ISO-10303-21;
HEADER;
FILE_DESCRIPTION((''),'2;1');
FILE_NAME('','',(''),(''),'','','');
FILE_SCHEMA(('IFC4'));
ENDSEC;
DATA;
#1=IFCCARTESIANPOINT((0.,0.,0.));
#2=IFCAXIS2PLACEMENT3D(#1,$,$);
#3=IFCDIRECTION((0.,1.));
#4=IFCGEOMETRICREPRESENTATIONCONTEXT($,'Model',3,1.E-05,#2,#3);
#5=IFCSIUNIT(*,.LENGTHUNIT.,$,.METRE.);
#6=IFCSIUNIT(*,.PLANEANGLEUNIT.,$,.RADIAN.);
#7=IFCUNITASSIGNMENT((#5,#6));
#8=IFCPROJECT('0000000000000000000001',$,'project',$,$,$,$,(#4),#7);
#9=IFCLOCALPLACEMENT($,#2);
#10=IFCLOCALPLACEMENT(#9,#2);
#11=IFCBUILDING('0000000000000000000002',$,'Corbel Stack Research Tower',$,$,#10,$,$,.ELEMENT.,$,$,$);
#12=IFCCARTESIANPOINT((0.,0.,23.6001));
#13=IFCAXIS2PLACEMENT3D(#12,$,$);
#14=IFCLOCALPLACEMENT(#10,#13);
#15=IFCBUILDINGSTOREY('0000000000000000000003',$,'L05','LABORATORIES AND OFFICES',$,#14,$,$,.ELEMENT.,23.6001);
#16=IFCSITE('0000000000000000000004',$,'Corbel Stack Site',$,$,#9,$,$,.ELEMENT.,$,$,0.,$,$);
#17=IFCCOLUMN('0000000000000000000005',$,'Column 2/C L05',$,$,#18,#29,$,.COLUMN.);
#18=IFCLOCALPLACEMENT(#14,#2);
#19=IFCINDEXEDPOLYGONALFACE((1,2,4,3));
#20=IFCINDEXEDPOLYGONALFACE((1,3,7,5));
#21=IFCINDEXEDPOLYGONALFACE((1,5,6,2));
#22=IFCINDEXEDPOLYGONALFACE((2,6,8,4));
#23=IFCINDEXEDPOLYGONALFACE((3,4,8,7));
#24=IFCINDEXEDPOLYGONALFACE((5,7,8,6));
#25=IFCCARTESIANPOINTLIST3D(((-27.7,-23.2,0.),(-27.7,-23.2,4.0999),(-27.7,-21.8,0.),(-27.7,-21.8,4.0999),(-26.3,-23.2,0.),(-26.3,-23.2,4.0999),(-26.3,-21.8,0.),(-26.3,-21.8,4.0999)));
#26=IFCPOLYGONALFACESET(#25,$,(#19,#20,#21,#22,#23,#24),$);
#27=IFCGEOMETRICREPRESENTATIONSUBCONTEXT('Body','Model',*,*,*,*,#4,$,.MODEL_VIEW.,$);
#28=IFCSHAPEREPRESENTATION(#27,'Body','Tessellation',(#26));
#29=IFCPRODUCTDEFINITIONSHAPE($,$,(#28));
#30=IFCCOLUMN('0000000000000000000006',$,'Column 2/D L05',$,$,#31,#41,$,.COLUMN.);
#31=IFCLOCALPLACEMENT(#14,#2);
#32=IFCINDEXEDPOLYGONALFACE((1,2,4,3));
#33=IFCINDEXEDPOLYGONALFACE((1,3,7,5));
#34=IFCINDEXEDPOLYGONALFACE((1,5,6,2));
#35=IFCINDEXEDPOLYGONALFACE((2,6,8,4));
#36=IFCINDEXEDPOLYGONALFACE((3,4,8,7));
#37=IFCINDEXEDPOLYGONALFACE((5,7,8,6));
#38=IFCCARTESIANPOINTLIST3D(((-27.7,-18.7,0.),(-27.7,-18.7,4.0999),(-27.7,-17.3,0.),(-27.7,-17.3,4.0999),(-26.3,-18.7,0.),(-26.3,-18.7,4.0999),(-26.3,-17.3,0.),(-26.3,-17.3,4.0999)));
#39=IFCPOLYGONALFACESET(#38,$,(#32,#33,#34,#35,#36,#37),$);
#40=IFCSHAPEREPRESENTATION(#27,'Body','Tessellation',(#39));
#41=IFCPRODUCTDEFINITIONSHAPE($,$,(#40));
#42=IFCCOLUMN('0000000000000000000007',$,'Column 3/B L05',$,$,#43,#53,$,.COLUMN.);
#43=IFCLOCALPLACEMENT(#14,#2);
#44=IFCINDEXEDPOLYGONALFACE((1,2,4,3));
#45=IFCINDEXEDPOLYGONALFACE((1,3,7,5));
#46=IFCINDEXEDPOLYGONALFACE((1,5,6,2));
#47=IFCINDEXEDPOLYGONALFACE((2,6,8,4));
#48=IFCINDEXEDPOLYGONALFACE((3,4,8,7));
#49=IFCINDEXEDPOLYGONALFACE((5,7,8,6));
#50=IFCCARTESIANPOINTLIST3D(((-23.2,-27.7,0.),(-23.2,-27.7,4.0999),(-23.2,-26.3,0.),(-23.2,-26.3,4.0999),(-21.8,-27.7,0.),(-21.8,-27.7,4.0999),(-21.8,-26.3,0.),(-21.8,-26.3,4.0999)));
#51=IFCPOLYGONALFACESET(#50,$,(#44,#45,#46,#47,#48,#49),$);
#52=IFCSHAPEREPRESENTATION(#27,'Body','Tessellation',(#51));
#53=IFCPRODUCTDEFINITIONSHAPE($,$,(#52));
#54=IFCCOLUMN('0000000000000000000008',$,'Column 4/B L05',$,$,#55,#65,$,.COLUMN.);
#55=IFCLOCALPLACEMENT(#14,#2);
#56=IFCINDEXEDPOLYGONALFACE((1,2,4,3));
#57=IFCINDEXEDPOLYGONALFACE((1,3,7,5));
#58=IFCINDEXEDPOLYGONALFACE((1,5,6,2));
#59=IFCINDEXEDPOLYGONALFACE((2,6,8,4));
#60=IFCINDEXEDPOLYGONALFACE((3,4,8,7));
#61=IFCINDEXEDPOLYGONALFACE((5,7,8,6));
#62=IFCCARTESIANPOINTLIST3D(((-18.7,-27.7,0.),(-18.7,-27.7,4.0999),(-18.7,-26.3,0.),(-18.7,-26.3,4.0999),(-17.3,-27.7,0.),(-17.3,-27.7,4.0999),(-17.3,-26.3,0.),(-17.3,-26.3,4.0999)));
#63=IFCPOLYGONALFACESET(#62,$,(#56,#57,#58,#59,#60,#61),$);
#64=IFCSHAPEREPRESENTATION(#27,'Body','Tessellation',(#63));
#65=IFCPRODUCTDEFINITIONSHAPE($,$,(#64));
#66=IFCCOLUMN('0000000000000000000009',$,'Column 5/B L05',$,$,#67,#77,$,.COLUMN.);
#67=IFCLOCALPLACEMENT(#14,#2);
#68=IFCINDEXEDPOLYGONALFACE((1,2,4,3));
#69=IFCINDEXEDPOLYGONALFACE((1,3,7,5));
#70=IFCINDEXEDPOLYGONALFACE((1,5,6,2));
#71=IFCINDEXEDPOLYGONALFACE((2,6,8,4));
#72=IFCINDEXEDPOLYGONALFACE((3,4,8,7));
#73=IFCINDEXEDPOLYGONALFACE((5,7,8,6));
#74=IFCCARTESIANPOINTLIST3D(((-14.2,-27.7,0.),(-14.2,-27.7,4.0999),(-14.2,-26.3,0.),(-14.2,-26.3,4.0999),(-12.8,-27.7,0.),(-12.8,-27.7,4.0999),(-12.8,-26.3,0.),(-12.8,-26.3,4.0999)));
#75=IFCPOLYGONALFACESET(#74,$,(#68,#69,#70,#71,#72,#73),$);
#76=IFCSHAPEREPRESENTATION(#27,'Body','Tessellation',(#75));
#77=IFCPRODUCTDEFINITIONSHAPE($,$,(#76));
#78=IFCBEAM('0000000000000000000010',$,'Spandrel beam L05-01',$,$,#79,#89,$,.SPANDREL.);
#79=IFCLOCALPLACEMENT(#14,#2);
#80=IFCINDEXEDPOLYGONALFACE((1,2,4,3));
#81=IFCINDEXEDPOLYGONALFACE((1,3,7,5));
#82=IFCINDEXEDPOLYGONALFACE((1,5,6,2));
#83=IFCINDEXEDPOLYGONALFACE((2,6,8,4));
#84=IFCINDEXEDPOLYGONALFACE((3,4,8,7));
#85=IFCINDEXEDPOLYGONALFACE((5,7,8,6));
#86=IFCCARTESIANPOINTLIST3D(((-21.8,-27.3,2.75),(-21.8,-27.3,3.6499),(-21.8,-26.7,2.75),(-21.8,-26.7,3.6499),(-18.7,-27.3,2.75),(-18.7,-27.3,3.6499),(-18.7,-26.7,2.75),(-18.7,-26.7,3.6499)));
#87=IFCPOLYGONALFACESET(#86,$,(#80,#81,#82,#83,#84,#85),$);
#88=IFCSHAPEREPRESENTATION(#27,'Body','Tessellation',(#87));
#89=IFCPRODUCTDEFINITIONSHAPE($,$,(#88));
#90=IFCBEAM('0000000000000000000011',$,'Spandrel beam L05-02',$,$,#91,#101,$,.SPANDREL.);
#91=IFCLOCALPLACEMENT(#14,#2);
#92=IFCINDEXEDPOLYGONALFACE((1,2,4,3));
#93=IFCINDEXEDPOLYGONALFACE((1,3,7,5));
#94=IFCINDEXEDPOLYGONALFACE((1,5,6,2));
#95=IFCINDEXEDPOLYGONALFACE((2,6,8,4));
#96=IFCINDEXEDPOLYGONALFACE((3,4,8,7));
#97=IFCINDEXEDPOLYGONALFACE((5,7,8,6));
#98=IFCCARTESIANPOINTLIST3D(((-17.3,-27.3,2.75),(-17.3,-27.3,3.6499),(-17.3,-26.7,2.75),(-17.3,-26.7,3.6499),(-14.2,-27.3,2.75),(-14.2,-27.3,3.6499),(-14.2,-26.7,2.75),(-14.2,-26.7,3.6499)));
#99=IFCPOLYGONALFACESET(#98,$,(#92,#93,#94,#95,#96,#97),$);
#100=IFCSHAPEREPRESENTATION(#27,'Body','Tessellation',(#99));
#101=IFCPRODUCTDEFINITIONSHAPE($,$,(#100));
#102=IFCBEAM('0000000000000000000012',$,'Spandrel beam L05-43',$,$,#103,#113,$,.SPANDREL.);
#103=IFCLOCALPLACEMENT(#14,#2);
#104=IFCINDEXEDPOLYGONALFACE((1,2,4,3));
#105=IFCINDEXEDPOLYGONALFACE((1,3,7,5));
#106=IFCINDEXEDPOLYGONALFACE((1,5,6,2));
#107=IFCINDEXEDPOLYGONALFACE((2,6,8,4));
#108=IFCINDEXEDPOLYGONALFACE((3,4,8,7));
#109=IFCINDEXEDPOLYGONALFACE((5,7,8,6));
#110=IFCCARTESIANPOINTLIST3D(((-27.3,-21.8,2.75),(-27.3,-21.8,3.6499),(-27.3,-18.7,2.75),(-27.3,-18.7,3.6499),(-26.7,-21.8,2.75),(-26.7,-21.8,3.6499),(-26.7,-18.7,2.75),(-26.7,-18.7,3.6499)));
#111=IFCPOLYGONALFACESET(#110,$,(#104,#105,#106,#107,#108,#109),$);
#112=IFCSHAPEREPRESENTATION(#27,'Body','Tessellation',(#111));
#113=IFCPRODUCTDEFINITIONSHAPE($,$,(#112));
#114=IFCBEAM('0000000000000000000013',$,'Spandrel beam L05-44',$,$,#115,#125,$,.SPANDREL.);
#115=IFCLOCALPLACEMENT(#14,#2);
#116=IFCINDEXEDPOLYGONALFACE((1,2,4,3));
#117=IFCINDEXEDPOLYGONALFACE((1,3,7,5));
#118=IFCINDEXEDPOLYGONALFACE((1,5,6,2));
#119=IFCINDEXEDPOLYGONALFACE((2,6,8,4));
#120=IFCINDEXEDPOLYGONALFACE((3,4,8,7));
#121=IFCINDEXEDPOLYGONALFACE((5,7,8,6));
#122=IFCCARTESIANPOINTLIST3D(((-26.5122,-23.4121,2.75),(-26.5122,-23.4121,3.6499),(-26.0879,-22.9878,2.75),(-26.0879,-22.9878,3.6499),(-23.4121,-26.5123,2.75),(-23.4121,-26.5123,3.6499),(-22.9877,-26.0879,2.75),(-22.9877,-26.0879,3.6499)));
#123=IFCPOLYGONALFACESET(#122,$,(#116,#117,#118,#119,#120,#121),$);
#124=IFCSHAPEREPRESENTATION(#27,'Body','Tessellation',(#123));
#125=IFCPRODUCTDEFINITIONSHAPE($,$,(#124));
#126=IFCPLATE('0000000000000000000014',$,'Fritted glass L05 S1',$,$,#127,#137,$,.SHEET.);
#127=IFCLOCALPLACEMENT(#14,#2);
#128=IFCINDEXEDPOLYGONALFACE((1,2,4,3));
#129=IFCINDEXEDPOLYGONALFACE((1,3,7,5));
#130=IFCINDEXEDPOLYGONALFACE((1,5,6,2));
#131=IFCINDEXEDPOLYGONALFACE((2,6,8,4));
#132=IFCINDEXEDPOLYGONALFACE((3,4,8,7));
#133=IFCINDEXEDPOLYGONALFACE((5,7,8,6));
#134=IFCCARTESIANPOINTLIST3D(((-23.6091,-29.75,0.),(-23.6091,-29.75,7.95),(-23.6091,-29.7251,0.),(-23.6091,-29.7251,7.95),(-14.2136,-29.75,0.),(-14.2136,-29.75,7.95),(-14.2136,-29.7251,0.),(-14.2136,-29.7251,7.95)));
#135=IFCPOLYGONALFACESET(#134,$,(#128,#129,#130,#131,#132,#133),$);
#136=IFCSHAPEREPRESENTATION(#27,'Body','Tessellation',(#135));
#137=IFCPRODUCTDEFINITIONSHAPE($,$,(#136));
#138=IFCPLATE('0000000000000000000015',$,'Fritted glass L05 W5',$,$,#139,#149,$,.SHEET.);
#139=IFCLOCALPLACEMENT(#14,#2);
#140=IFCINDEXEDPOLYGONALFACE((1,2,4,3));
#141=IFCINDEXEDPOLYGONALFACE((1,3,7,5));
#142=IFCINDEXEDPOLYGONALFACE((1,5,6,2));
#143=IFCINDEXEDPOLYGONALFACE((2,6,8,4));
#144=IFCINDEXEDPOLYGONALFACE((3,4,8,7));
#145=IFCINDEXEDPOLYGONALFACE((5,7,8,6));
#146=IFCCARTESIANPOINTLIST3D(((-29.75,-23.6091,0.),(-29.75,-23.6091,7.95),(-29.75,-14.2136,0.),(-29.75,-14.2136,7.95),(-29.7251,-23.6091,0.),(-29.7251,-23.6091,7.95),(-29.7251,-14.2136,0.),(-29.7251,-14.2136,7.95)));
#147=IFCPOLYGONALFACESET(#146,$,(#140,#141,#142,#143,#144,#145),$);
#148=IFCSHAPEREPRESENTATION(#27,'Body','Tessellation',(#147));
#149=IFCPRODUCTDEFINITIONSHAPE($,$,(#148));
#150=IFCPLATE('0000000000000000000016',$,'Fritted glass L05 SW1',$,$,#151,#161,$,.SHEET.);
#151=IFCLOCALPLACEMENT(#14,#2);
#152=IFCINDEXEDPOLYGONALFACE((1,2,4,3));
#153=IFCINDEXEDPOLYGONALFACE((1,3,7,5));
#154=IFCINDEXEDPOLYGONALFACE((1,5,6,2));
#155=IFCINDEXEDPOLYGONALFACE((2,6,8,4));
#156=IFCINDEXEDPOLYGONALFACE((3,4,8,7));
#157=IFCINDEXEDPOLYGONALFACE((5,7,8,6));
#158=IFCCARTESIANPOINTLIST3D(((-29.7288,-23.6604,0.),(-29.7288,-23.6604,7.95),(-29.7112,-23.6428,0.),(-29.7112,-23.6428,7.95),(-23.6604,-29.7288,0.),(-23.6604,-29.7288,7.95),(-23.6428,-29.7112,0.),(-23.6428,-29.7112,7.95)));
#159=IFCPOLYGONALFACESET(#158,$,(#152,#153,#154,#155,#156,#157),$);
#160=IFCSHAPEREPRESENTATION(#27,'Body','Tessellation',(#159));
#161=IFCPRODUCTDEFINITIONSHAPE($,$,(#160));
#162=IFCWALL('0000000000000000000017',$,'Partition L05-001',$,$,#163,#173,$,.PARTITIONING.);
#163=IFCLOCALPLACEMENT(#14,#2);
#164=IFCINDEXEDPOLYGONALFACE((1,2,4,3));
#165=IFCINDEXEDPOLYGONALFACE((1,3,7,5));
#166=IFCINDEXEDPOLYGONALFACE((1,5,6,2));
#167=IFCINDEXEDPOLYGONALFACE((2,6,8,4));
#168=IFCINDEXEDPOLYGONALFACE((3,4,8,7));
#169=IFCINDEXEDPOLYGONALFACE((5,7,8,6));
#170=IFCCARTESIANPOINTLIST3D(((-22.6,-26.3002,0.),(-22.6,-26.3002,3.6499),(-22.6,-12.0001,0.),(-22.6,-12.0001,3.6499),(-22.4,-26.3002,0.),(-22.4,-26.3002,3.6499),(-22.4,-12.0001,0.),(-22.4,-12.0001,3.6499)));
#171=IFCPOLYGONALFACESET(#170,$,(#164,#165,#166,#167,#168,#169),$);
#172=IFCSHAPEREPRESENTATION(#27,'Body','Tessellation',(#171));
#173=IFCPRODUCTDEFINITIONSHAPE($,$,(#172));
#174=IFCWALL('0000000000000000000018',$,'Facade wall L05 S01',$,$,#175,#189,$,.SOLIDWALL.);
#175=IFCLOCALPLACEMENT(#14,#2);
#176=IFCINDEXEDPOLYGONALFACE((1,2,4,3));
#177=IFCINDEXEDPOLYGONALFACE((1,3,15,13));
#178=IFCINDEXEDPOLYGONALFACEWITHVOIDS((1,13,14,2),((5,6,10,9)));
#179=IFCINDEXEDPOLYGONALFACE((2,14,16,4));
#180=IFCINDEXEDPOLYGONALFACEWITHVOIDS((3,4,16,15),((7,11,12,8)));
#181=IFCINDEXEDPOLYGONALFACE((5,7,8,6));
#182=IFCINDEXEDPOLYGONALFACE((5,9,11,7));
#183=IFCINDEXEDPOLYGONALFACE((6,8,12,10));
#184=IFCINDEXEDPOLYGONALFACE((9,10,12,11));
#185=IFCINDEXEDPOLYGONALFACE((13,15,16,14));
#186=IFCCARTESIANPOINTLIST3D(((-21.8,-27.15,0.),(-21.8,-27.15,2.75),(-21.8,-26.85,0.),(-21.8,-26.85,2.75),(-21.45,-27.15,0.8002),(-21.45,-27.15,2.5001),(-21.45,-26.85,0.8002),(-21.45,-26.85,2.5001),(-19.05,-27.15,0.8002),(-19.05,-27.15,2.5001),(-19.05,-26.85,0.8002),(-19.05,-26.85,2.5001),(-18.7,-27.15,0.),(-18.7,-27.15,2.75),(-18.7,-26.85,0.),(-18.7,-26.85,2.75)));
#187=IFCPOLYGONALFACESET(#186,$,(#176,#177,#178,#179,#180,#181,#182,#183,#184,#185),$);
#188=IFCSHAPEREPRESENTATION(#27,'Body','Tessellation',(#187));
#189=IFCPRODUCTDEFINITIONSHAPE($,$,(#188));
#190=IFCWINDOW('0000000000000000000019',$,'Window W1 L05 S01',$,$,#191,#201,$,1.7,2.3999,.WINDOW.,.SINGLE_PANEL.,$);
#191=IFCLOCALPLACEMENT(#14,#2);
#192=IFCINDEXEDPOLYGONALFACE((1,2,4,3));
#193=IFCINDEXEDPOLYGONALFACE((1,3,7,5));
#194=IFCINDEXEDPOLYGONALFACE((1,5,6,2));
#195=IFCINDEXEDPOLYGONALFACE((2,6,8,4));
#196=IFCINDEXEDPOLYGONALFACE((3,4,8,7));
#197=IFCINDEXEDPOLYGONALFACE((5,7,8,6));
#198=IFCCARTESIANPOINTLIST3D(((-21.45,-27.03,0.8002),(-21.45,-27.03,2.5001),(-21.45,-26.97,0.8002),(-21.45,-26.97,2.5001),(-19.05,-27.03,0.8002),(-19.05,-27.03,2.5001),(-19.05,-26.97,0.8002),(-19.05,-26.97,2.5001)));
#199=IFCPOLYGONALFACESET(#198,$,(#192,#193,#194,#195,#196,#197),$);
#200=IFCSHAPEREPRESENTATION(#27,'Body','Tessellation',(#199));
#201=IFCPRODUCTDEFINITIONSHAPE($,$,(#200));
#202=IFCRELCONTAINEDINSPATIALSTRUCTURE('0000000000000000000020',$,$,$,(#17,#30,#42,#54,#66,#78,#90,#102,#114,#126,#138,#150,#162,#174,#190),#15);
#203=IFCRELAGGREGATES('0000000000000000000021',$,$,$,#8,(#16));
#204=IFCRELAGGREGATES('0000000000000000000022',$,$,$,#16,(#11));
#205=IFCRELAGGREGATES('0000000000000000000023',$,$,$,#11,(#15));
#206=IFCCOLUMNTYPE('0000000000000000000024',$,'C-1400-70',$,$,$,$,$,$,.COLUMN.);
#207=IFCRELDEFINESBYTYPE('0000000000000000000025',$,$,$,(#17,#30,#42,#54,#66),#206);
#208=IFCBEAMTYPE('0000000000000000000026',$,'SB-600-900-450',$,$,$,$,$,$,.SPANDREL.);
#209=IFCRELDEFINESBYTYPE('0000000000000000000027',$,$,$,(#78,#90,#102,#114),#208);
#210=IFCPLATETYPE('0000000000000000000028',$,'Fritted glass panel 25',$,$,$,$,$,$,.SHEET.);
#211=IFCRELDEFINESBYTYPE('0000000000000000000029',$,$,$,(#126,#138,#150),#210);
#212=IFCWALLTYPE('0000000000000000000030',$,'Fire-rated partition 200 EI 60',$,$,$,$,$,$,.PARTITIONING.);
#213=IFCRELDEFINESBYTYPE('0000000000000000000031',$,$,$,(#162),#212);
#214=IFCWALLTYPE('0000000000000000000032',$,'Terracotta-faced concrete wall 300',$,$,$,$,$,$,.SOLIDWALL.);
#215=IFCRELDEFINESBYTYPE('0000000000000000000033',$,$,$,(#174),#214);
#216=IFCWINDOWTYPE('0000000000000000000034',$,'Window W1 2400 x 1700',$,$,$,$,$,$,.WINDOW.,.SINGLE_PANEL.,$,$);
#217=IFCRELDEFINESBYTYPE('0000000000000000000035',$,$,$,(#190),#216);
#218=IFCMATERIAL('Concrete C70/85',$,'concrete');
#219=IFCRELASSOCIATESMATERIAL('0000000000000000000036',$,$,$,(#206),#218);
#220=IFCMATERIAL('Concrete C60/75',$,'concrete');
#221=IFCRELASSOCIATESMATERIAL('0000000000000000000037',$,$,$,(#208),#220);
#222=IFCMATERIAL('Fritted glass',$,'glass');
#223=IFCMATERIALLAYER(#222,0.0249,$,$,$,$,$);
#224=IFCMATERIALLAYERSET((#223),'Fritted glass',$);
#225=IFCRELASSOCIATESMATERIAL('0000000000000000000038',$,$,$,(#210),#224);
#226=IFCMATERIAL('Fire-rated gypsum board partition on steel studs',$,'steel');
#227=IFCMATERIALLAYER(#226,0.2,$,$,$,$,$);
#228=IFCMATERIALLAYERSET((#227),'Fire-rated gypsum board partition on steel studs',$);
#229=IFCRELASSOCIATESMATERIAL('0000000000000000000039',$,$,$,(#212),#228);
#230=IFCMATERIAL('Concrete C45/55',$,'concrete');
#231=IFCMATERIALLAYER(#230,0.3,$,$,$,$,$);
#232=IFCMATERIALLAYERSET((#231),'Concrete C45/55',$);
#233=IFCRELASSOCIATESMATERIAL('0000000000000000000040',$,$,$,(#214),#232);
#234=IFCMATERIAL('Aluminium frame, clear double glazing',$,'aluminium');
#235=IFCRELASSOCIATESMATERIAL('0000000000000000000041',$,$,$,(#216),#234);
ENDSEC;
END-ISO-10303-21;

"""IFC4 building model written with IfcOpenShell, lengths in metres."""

from ifc_helpers import new_model, si_unit, direction, frame, frame_2d, origin, origin_2d, place, context, subcontext, project, spatial, rectangle, extrude, material, layer, layer_set, material_profile, profile_set, type_object, element, fill, save


model = new_model("IFC4")

# Units and contexts
model_context = context("Model", 3, precision=1e-05, world=origin(), true_north=direction((0.0, 1.0)))
body_context = subcontext(model_context, "Body", "Model", "MODEL_VIEW")
ifc_project = project(units=[si_unit("LENGTHUNIT", "METRE"), si_unit("PLANEANGLEUNIT", "RADIAN")], contexts=[model_context])

# Site, building, storey
site_placement = place(None, origin())
site = spatial("IfcSite", under=ifc_project, at=site_placement, Name="Corbel Stack Site", CompositionType="ELEMENT", RefElevation=0.0)
building_placement = place(site_placement, origin())
building = spatial("IfcBuilding", under=site, at=building_placement, Name="Corbel Stack Research Tower", CompositionType="ELEMENT")
storey_placement = place(building_placement, frame((0.0, 0.0, 23.6001)))
storey = spatial("IfcBuildingStorey", under=building, at=storey_placement, Name="L05", Description="LABORATORIES AND OFFICES", CompositionType="ELEMENT", Elevation=23.6001)

# Columns
ifc_material_1 = material(Name="Concrete C70/85", Category="concrete")
ifc_material_profile_1 = material_profile(ifc_material_1, rectangle(XDim=1.3999, YDim=1.3999, at=origin_2d()), Name="RC 1400 x 1400")
ifc_profile_set_1 = profile_set([ifc_material_profile_1], Name="Concrete C70/85")
column_type = type_object("IfcColumnType", Name="C-1400-70", PredefinedType="COLUMN", material=ifc_profile_set_1)
for number, where, z_axis, x_axis, name in (
    (1, (-27.0, -22.5, 0.0), (0.0, 0.0, 1.0), (1.0, 0.0, 0.0), "Column 2/C L05"),
    (2, (-27.0, -18.0, 0.0), (0.0, 0.0, 1.0), (1.0, 0.0, 0.0), "Column 2/D L05"),
    (3, (-22.5, -27.0, 0.0), (0.0, 0.0, 1.0), (1.0, 0.0, 0.0), "Column 3/B L05"),
    (4, (-18.0, -27.0, 0.0), (0.0, 0.0, 1.0), (1.0, 0.0, 0.0), "Column 4/B L05"),
    (5, (-13.5, -27.0, 0.0), (0.0, 0.0, 1.0), (1.0, 0.0, 0.0), "Column 5/B L05"),
):
    element("IfcColumn", number, at=place(storey_placement, frame(where, z_axis=z_axis, x_axis=x_axis)), inside=storey, type_object=column_type, Name=name, PredefinedType="COLUMN", context=body_context, shape_type="SweptSolid", body=[
        extrude(rectangle(XDim=1.3999, YDim=1.3999, at=origin_2d()), origin(), (0.0, 0.0, 1.0), 4.0999),
    ])

# Beams
ifc_material_2 = material(Name="Concrete C60/75", Category="concrete")
ifc_material_profile_2 = material_profile(ifc_material_2, rectangle(XDim=0.6001, YDim=0.8999, at=origin_2d()), Name="RC 600 x 900")
ifc_profile_set_2 = profile_set([ifc_material_profile_2], Name="Concrete C60/75")
beam_type = type_object("IfcBeamType", Name="SB-600-900-450", PredefinedType="SPANDREL", material=ifc_profile_set_2)
for number, where, z_axis, x_axis, name in (
    (6, (-21.8, -27.0, 3.2), (1.0, 0.0, 0.0), (0.0, 1.0, 0.0), "Spandrel beam L05-01"),
    (7, (-17.3, -27.0, 3.2), (1.0, 0.0, 0.0), (0.0, 1.0, 0.0), "Spandrel beam L05-02"),
    (8, (-27.0, -18.7, 3.2), (0.0, -1.0, 0.0), (1.0, 0.0, 0.0), "Spandrel beam L05-43"),
):
    element("IfcBeam", number, at=place(storey_placement, frame(where, z_axis=z_axis, x_axis=x_axis)), inside=storey, type_object=beam_type, Name=name, PredefinedType="SPANDREL", context=body_context, shape_type="SweptSolid", body=[
        extrude(rectangle(XDim=0.6001, YDim=0.8999, at=origin_2d()), origin(), (0.0, 0.0, 1.0), 3.1001),
    ])
beam_placement = place(storey_placement, frame((-26.3, -23.2, 3.2), z_axis=(0.707107, -0.707107, 0.0), x_axis=(0.707107, 0.707107, 0.0)))
element("IfcBeam", 9, at=beam_placement, inside=storey, type_object=beam_type, Name="Spandrel beam L05-44", PredefinedType="SPANDREL", context=body_context, shape_type="SweptSolid", body=[
    extrude(rectangle(XDim=0.6001, YDim=0.8999, at=origin_2d()), origin(), (0.0, 0.0, 1.0), 4.3843),
])

# Plates
ifc_material_3 = material(Name="Fritted glass", Category="glass")
ifc_layer_1 = layer(ifc_material_3, 0.0249)
ifc_layer_set_1 = layer_set([ifc_layer_1], Name="Fritted glass")
plate_type = type_object("IfcPlateType", Name="Fritted glass panel 25", PredefinedType="SHEET", material=ifc_layer_set_1)
for number, where, z_axis, x_axis, name in (
    (10, (-18.9114, -29.7375, 0.0), (0.0, 0.0, 1.0), (1.0, 0.0, 0.0), "Fritted glass L05 S1"),
    (11, (-29.7375, -18.9114, 0.0), (0.0, 0.0, 1.0), (0.0, -1.0, 0.0), "Fritted glass L05 W5"),
):
    element("IfcPlate", number, at=place(storey_placement, frame(where, z_axis=z_axis, x_axis=x_axis)), inside=storey, type_object=plate_type, Name=name, PredefinedType="SHEET", context=body_context, shape_type="SweptSolid", body=[
        extrude(rectangle(XDim=9.3955, YDim=0.0249, at=origin_2d()), origin(), (0.0, 0.0, 1.0), 7.95),
    ])
plate_placement = place(storey_placement, frame((-26.6858, -26.6858, 0.0), z_axis=(0.0, 0.0, 1.0), x_axis=(0.707107, -0.707107, 0.0)))
element("IfcPlate", 12, at=plate_placement, inside=storey, type_object=plate_type, Name="Fritted glass L05 SW1", PredefinedType="SHEET", context=body_context, shape_type="SweptSolid", body=[
    extrude(rectangle(XDim=8.582, YDim=0.0249, at=origin_2d()), origin(), (0.0, 0.0, 1.0), 7.95),
])

# Wall
ifc_material_4 = material(Name="Fire-rated gypsum board partition on steel studs", Category="steel")
ifc_layer_2 = layer(ifc_material_4, 0.2)
ifc_layer_set_2 = layer_set([ifc_layer_2], Name="Fire-rated gypsum board partition on steel studs")
wall_type_1 = type_object("IfcWallType", Name="Fire-rated partition 200 EI 60", PredefinedType="PARTITIONING", material=ifc_layer_set_2)
wall_1_placement = place(storey_placement, frame((-22.5, -26.3, 0.0), z_axis=(0.0, 0.0, 1.0), x_axis=(0.0, 1.0, 0.0)))
element("IfcWall", 13, at=wall_1_placement, inside=storey, type_object=wall_type_1, Name="Partition L05-001", PredefinedType="PARTITIONING", context=body_context, shape_type="SweptSolid", body=[
    extrude(rectangle(XDim=14.3, YDim=0.2, at=frame_2d((7.1499, 0.0))), origin(), (0.0, 0.0, 1.0), 3.6499),
])

# Wall, opening, window
ifc_material_5 = material(Name="Concrete C45/55", Category="concrete")
ifc_layer_3 = layer(ifc_material_5, 0.3)
ifc_layer_set_3 = layer_set([ifc_layer_3], Name="Concrete C45/55")
wall_type_2 = type_object("IfcWallType", Name="Terracotta-faced concrete wall 300", PredefinedType="SOLIDWALL", material=ifc_layer_set_3)
wall_2_placement = place(storey_placement, frame((-18.7, -27.0, 0.0), z_axis=(0.0, 0.0, 1.0), x_axis=(-1.0, 0.0, 0.0)))
wall_2 = element("IfcWall", 14, at=wall_2_placement, inside=storey, type_object=wall_type_2, Name="Facade wall L05 S01", PredefinedType="SOLIDWALL", context=body_context, shape_type="SweptSolid", body=[
    extrude(rectangle(XDim=3.1001, YDim=0.3, at=frame_2d((1.55, 0.0))), origin(), (0.0, 0.0, 1.0), 2.75),
])
opening_1_placement = place(wall_2_placement, frame((0.3501, 0.0, 0.8)))
opening_1 = element("IfcOpeningElement", 15, at=opening_1_placement, cuts=wall_2, PredefinedType="OPENING", context=body_context, shape_type="SweptSolid", body=[
    extrude(rectangle(XDim=2.3999, YDim=1.7, at=frame_2d((1.2, 0.8501))), frame((0.0, 0.1599, 0.0), z_axis=(0.0, -1.0, 0.0), x_axis=(1.0, 0.0, 0.0)), (0.0, 0.0, 1.0), 0.3201),
])
ifc_material_6 = material(Name="Aluminium frame, clear double glazing", Category="aluminium")
window_type = type_object("IfcWindowType", Name="Window W1 2400 x 1700", PartitioningType="SINGLE_PANEL", PredefinedType="WINDOW", material=ifc_material_6)
window_1_placement = place(opening_1_placement, origin())
window_1 = element("IfcWindow", 16, at=window_1_placement, inside=storey, type_object=window_type, Name="Window W1 L05 S01", OverallHeight=1.7, OverallWidth=2.3999, PartitioningType="SINGLE_PANEL", PredefinedType="WINDOW", context=body_context, shape_type="SweptSolid", body=[
    extrude(rectangle(XDim=2.3999, YDim=1.7, at=frame_2d((1.2, 0.8501))), frame((0.0, 0.03, 0.0), z_axis=(0.0, -1.0, 0.0), x_axis=(1.0, 0.0, 0.0)), (0.0, 0.0, 1.0), 0.0601),
])
fill(opening_1, window_1)

save(model, "model.ifc")
